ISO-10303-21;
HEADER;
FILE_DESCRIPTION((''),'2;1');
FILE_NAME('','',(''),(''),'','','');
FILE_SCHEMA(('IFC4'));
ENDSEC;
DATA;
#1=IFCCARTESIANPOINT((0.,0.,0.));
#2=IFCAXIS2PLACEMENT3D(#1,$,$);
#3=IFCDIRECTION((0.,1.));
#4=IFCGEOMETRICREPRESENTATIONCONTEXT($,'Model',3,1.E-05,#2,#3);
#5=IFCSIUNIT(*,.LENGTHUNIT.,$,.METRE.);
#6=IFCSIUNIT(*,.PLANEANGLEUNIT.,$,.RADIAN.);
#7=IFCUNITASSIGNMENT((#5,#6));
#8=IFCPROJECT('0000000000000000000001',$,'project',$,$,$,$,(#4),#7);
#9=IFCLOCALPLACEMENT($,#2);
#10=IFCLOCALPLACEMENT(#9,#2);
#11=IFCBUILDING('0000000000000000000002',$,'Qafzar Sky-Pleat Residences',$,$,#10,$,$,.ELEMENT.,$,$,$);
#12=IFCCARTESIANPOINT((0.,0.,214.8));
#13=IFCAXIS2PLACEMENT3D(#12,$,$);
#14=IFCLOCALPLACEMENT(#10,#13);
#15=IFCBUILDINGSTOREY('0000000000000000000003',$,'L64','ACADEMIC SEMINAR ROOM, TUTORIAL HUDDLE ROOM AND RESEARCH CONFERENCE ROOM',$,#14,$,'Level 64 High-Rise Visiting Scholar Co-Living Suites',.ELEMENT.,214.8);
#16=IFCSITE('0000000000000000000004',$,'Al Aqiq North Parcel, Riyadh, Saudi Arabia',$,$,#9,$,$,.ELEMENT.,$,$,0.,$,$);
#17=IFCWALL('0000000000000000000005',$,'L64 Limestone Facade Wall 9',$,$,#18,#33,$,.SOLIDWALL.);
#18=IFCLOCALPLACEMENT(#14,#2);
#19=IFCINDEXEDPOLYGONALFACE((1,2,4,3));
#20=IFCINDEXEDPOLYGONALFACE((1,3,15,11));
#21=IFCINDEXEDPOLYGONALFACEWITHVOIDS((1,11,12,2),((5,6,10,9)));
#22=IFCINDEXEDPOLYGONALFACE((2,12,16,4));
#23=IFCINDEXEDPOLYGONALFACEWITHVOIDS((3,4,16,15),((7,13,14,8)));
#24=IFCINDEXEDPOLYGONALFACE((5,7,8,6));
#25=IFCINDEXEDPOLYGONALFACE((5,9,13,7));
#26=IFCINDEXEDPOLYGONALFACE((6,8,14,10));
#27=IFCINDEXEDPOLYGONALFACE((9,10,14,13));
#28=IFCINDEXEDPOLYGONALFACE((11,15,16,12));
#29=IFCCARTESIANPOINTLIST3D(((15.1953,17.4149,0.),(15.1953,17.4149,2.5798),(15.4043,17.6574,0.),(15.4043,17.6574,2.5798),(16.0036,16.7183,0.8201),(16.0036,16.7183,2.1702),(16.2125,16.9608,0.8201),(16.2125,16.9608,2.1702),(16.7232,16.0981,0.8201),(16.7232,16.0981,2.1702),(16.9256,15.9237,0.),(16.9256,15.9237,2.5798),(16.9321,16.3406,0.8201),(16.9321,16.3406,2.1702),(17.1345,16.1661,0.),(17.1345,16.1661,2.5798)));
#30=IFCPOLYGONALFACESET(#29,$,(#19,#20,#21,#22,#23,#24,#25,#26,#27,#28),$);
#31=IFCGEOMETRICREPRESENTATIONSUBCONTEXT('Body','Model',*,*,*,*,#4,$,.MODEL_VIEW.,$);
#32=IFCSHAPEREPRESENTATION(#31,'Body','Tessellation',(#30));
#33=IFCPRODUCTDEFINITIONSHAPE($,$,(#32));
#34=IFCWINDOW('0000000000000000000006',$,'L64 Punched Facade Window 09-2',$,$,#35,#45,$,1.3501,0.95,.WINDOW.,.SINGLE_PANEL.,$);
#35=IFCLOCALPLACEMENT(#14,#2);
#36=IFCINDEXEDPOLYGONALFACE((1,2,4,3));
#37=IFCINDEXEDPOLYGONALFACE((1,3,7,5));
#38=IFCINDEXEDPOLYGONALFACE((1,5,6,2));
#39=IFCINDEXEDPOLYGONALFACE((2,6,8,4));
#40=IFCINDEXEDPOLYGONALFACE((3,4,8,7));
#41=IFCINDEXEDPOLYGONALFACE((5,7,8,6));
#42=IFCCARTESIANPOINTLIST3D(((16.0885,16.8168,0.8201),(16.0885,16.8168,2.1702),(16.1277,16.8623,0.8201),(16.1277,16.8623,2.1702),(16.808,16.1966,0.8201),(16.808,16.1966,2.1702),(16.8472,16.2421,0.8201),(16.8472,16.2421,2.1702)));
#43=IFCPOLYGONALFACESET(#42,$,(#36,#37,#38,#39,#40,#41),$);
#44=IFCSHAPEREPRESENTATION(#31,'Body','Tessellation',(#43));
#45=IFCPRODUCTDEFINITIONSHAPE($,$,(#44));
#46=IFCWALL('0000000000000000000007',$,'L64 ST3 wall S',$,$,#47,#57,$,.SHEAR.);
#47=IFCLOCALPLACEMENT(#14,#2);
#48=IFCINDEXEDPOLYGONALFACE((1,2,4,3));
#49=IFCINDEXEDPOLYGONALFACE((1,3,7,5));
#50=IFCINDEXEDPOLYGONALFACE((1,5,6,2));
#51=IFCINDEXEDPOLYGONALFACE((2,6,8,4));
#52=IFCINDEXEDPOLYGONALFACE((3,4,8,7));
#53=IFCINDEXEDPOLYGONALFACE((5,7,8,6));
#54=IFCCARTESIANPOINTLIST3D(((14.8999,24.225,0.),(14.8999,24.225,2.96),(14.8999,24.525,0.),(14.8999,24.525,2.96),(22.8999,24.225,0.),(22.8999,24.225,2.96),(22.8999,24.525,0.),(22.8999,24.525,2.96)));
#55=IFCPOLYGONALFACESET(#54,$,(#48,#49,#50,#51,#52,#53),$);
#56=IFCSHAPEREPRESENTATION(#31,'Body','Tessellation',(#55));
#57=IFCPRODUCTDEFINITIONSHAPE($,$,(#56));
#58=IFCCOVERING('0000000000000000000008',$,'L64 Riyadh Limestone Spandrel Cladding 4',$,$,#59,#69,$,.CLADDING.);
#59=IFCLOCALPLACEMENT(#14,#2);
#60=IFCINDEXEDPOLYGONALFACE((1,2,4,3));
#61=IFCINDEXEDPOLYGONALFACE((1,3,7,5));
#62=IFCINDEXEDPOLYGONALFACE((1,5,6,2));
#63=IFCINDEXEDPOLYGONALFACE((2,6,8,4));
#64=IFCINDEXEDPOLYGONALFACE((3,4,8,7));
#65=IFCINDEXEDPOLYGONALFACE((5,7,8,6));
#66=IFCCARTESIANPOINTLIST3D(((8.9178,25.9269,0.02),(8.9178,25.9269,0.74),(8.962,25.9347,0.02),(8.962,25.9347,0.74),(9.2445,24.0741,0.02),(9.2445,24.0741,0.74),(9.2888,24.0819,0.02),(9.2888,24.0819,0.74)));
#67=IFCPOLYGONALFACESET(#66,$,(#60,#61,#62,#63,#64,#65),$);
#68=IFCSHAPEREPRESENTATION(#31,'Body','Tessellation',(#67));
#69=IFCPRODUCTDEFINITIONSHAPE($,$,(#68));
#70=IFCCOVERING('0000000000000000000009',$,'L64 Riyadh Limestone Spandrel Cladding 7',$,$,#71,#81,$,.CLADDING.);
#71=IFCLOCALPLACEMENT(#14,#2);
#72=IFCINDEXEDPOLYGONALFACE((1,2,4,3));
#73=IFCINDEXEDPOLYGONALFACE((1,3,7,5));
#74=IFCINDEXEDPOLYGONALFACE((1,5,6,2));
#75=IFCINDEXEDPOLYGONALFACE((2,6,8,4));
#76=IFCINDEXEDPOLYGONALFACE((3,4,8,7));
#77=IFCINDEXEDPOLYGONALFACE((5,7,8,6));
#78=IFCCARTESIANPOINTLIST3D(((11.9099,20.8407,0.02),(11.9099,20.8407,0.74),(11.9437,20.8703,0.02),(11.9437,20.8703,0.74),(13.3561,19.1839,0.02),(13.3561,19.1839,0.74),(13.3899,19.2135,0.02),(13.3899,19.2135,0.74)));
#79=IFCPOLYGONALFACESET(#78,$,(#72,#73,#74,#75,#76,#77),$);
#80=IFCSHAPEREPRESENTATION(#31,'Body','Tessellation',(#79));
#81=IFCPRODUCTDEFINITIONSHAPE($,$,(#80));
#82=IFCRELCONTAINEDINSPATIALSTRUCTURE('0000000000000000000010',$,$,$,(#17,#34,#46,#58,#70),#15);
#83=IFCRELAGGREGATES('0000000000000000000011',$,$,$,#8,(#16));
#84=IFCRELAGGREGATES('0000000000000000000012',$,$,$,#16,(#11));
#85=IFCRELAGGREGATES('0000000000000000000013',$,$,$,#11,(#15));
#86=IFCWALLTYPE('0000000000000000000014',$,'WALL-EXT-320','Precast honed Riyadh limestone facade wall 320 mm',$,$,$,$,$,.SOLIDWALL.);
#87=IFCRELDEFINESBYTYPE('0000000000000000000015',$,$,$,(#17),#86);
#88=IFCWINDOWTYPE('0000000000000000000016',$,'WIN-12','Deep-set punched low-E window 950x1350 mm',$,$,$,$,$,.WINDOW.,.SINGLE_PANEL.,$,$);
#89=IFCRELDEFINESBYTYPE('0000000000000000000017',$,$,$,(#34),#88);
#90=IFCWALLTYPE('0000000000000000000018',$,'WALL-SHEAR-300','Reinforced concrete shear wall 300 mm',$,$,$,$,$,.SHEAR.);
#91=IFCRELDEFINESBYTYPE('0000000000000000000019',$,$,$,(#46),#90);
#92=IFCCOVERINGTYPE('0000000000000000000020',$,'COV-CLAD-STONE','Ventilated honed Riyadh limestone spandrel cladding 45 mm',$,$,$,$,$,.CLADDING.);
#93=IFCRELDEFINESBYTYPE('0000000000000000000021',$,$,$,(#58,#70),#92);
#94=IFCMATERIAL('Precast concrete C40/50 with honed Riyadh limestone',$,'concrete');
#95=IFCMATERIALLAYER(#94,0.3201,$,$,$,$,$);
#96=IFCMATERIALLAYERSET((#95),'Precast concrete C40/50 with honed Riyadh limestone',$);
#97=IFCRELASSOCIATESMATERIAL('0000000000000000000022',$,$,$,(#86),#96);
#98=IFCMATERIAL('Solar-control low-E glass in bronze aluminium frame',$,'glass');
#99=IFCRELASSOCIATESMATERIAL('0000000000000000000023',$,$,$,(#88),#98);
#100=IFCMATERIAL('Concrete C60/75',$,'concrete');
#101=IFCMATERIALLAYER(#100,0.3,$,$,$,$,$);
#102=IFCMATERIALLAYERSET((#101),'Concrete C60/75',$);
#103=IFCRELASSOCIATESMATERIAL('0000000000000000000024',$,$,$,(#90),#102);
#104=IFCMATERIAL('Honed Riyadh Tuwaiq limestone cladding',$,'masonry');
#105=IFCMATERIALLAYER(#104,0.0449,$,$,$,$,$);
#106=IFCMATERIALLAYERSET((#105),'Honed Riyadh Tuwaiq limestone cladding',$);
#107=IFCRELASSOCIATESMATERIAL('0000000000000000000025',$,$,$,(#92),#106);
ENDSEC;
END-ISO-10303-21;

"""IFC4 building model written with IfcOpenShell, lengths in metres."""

from ifc_helpers import new_model, si_unit, direction, frame, frame_2d, origin, origin_2d, place, context, subcontext, project, spatial, rectangle, extrude, source, transform, mapped, material, layer, layer_set, type_object, element, fill, save


model = new_model("IFC4")

# Units and contexts
model_context = context("Model", 3, precision=1e-05, world=origin(), true_north=direction((0.0, 1.0)))
body_context = subcontext(model_context, "Body", "Model", "MODEL_VIEW")
ifc_project = project(units=[si_unit("LENGTHUNIT", "METRE"), si_unit("PLANEANGLEUNIT", "RADIAN")], contexts=[model_context])

# Site, building, storey
site_placement = place(None, origin())
site = spatial("IfcSite", under=ifc_project, at=site_placement, Name="Al Aqiq North Parcel, Riyadh, Saudi Arabia", CompositionType="ELEMENT", RefElevation=0.0)
building_placement = place(site_placement, origin())
building = spatial("IfcBuilding", under=site, at=building_placement, Name="Qafzar Sky-Pleat Residences", CompositionType="ELEMENT")
storey_placement = place(building_placement, frame((0.0, 0.0, 214.8)))
storey = spatial("IfcBuildingStorey", under=building, at=storey_placement, Name="L64", Description="ACADEMIC SEMINAR ROOM, TUTORIAL HUDDLE ROOM AND RESEARCH CONFERENCE ROOM", LongName="Level 64 High-Rise Visiting Scholar Co-Living Suites", CompositionType="ELEMENT", Elevation=214.8)

# Shared definitions
ifc_material_1 = material(Name="Precast concrete C40/50 with honed Riyadh limestone", Category="concrete")
ifc_layer_1 = layer(ifc_material_1, 0.3201)
ifc_layer_set_1 = layer_set([ifc_layer_1], Name="Precast concrete C40/50 with honed Riyadh limestone")
wall_type_1 = type_object("IfcWallType", Name="WALL-EXT-320", Description="Precast honed Riyadh limestone facade wall 320 mm", PredefinedType="SOLIDWALL", material=ifc_layer_set_1)
ifc_material_2 = material(Name="Solar-control low-E glass in bronze aluminium frame", Category="glass")

# Wall, opening, window
wall_1_placement = place(storey_placement, frame((15.2998, 17.5361, 0.0), z_axis=(0.0, 0.0, 1.0), x_axis=(0.757488, -0.652849, 0.0)))
wall_1 = element("IfcWall", 1, at=wall_1_placement, inside=storey, type_object=wall_type_1, Name="L64 Limestone Facade Wall 9", PredefinedType="SOLIDWALL", context=body_context, shape_type="SweptSolid", body=[
    extrude(rectangle(XDim=2.2842, YDim=0.3201, at=frame_2d((1.1421, 0.0))), origin(), (0.0, 0.0, 1.0), 2.5798),
])
opening_1_placement = place(wall_1_placement, frame((1.0669, 0.0, 0.8201)))
opening_1 = element("IfcOpeningElement", 2, at=opening_1_placement, cuts=wall_1, PredefinedType="OPENING", context=body_context, shape_type="SweptSolid", body=[
    extrude(rectangle(XDim=0.95, YDim=1.3501, at=frame_2d((0.4751, 0.675))), frame((0.0, 0.1699, 0.0), z_axis=(0.0, -1.0, 0.0), x_axis=(1.0, 0.0, 0.0)), (0.0, 0.0, 1.0), 0.3401),
])
window_type_1 = type_object("IfcWindowType", Name="WIN-12", Description="Deep-set punched low-E window 950x1350 mm", PartitioningType="SINGLE_PANEL", PredefinedType="WINDOW", material=ifc_material_2)
shared_shape_1 = source(origin(), body_context, "Body", "SweptSolid", [
    extrude(rectangle(XDim=0.95, YDim=1.3501, at=frame_2d((0.4751, 0.675))), frame((0.0, 0.03, 0.0), z_axis=(0.0, -1.0, 0.0), x_axis=(1.0, 0.0, 0.0)), (0.0, 0.0, 1.0), 0.0601),
])
window_1_placement = place(opening_1_placement, origin())
window_1 = element("IfcWindow", 3, at=window_1_placement, inside=storey, type_object=window_type_1, Name="L64 Punched Facade Window 09-2", OverallHeight=1.3501, OverallWidth=0.95, PartitioningType="SINGLE_PANEL", PredefinedType="WINDOW", context=body_context, shape_type="MappedRepresentation", body=[
    mapped(shared_shape_1, transform((0.0, 0.0, 0.0), x_axis=(1.0, 0.0, 0.0), y_axis=(0.0, 1.0, 0.0), z_axis=(0.0, 0.0, 1.0), scale=1.0)),
])
fill(opening_1, window_1)

# Wall
ifc_material_3 = material(Name="Concrete C60/75", Category="concrete")
ifc_layer_2 = layer(ifc_material_3, 0.3)
ifc_layer_set_2 = layer_set([ifc_layer_2], Name="Concrete C60/75")
wall_type_2 = type_object("IfcWallType", Name="WALL-SHEAR-300", Description="Reinforced concrete shear wall 300 mm", PredefinedType="SHEAR", material=ifc_layer_set_2)
wall_2_placement = place(storey_placement, frame((14.8999, 24.375, 0.0), z_axis=(0.0, 0.0, 1.0), x_axis=(1.0, 0.0, 0.0)))
element("IfcWall", 4, at=wall_2_placement, inside=storey, type_object=wall_type_2, Name="L64 ST3 wall S", PredefinedType="SHEAR", context=body_context, shape_type="SweptSolid", body=[
    extrude(rectangle(XDim=8.0, YDim=0.3, at=frame_2d((4.0, 0.0))), origin(), (0.0, 0.0, 1.0), 2.96),
])

# Covering
ifc_material_4 = material(Name="Honed Riyadh Tuwaiq limestone cladding", Category="masonry")
ifc_layer_3 = layer(ifc_material_4, 0.0449)
ifc_layer_set_3 = layer_set([ifc_layer_3], Name="Honed Riyadh Tuwaiq limestone cladding")
covering_type = type_object("IfcCoveringType", Name="COV-CLAD-STONE", Description="Ventilated honed Riyadh limestone spandrel cladding 45 mm", PredefinedType="CLADDING", material=ifc_layer_set_3)
shared_shape_2 = source(origin(), body_context, "Body", "SweptSolid", [
    extrude(rectangle(XDim=1.8813, YDim=0.0449, at=origin_2d()), origin(), (0.0, 0.0, 1.0), 0.72),
])
covering_1_placement = place(storey_placement, frame((9.1033, 25.0044, 0.02), z_axis=(0.0, 0.0, 1.0), x_axis=(0.173663, -0.984805, 0.0)))
element("IfcCovering", 5, at=covering_1_placement, inside=storey, type_object=covering_type, Name="L64 Riyadh Limestone Spandrel Cladding 4", PredefinedType="CLADDING", context=body_context, shape_type="MappedRepresentation", body=[
    mapped(shared_shape_2, transform((0.0, 0.0, 0.0), x_axis=(1.0, 0.0, 0.0), y_axis=(0.0, 1.0, 0.0), z_axis=(0.0, 0.0, 1.0), scale=1.0)),
])

# Covering
shared_shape_3 = source(origin(), body_context, "Body", "SweptSolid", [
    extrude(rectangle(XDim=2.1992, YDim=0.0449, at=origin_2d()), origin(), (0.0, 0.0, 1.0), 0.72),
])
covering_2_placement = place(storey_placement, frame((12.6499, 20.0271, 0.02), z_axis=(0.0, 0.0, 1.0), x_axis=(0.657603, -0.753365, 0.0)))
element("IfcCovering", 6, at=covering_2_placement, inside=storey, type_object=covering_type, Name="L64 Riyadh Limestone Spandrel Cladding 7", PredefinedType="CLADDING", context=body_context, shape_type="MappedRepresentation", body=[
    mapped(shared_shape_3, transform((0.0, 0.0, 0.0), x_axis=(1.0, 0.0, 0.0), y_axis=(0.0, 1.0, 0.0), z_axis=(0.0, 0.0, 1.0), scale=1.0)),
])

save(model, "model.ifc")
